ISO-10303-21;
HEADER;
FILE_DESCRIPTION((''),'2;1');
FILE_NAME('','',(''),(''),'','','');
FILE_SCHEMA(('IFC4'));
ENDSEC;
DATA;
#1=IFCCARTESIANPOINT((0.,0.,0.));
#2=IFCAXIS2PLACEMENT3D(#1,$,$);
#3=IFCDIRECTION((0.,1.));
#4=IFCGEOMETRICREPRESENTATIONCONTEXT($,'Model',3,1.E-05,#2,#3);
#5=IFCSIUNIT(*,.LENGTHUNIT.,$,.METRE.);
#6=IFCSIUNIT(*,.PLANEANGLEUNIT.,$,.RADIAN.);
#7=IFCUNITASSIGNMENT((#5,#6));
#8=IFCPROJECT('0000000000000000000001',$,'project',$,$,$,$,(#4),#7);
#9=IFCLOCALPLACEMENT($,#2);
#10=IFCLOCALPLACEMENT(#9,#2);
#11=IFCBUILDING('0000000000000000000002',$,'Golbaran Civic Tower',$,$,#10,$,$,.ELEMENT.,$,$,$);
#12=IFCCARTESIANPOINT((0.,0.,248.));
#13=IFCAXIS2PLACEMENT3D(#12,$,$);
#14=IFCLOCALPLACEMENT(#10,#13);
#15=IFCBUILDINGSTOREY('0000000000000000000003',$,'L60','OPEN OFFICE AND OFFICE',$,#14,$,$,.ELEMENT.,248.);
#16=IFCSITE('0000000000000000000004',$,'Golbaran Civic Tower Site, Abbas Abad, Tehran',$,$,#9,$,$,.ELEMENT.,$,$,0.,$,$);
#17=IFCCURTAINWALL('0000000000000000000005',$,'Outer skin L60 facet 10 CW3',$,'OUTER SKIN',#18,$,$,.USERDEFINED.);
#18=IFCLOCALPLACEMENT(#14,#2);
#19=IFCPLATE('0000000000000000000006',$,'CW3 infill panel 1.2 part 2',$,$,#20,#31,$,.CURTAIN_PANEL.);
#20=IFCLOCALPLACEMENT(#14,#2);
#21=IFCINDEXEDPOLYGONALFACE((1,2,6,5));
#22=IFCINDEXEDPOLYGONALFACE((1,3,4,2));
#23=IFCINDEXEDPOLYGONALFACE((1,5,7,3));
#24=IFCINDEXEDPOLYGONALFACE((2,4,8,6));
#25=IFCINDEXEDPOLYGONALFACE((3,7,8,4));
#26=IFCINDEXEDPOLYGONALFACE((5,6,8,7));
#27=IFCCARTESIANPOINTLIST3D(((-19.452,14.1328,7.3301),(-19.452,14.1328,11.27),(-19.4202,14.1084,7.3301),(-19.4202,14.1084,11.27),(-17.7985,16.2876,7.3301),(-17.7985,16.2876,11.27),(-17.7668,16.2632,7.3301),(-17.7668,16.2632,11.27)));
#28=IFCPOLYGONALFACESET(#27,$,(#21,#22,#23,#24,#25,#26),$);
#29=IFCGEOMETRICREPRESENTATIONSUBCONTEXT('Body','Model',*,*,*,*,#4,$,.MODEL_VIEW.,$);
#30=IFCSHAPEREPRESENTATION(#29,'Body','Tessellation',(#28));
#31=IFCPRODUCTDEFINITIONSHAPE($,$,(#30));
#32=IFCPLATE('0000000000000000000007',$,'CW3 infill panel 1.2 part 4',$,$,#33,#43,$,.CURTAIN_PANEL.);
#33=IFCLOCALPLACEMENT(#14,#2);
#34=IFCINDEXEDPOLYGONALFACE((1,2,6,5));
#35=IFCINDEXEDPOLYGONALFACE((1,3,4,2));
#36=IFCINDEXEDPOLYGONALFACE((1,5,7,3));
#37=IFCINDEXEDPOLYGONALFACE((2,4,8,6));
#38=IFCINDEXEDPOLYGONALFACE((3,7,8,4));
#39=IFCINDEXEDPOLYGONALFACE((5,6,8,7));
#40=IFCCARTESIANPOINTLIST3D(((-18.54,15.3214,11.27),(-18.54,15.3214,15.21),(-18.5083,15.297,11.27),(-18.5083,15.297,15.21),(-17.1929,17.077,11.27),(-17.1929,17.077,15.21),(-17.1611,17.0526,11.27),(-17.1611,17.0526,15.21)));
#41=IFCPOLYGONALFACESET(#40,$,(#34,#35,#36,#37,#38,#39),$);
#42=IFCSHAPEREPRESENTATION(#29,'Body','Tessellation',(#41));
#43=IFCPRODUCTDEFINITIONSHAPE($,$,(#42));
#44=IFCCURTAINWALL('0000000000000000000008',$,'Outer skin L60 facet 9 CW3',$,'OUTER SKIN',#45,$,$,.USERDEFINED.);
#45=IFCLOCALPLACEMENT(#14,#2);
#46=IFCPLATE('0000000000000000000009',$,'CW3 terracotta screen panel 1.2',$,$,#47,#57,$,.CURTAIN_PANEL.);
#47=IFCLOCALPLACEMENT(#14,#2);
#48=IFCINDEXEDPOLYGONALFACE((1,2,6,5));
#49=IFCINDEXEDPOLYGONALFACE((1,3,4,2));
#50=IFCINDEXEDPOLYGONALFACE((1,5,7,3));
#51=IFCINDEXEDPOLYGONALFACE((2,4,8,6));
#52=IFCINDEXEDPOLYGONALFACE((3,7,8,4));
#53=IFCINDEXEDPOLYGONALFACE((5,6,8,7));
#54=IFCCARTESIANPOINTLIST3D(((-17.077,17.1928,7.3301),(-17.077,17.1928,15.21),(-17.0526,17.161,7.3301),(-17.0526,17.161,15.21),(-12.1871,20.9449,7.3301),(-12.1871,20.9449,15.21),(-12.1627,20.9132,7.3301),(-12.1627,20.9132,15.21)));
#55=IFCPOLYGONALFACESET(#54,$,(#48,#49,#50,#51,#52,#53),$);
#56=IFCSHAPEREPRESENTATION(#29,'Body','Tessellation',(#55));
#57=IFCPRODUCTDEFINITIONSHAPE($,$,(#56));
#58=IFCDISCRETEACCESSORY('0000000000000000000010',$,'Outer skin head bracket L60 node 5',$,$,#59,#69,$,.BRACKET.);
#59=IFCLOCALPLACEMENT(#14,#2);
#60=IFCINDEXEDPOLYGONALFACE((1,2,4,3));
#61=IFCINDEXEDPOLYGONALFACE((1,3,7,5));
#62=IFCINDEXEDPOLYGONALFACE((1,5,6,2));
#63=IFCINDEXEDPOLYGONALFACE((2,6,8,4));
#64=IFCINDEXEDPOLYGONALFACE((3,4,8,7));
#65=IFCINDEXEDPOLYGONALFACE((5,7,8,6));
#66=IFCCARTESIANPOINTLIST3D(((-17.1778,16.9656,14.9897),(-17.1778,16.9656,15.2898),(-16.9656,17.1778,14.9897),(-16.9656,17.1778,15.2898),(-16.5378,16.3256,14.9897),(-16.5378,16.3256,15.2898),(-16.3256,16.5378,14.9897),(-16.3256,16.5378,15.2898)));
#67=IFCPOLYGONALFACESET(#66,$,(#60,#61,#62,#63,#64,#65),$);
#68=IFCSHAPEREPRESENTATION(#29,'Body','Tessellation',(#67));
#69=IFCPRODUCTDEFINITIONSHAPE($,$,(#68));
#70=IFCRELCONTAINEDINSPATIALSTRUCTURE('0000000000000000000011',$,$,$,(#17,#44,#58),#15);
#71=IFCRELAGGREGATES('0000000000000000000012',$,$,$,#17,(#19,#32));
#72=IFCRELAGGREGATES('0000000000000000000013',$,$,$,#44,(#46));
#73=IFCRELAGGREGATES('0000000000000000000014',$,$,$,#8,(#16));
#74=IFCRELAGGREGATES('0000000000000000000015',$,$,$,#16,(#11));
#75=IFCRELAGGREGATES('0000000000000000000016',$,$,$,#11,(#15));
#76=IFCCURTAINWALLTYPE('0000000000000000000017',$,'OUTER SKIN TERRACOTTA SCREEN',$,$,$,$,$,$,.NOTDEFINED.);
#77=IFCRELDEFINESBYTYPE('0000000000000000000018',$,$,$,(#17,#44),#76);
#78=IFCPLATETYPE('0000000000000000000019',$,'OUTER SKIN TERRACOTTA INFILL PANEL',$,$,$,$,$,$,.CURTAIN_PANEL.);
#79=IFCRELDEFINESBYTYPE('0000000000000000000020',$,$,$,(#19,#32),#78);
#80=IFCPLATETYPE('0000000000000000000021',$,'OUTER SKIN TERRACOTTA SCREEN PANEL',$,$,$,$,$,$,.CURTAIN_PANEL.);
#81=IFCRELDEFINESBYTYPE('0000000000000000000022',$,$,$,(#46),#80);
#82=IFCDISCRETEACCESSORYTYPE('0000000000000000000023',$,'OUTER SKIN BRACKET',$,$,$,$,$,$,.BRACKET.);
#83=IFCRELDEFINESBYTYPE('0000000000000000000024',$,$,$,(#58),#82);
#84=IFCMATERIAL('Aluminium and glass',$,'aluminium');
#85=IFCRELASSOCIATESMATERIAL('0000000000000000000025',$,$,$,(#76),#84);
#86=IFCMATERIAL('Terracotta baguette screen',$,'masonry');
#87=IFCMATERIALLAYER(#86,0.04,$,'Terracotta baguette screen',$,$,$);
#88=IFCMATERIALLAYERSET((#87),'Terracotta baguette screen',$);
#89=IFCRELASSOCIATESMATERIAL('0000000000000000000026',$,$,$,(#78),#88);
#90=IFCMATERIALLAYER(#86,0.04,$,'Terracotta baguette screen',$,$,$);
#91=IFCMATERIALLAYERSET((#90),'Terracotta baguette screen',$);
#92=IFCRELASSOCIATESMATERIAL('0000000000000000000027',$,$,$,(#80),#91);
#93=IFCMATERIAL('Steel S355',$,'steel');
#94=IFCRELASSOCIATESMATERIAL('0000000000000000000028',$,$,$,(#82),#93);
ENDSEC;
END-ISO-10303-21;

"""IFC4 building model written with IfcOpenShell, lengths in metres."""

from ifc_helpers import new_model, si_unit, direction, frame, origin, origin_2d, place, context, subcontext, project, spatial, rectangle, extrude, material, layer, layer_set, type_object, element, aggregate, save


model = new_model("IFC4")

# Units and contexts
model_context = context("Model", 3, precision=1e-05, world=origin(), true_north=direction((0.0, 1.0)))
body_context = subcontext(model_context, "Body", "Model", "MODEL_VIEW")
ifc_project = project(units=[si_unit("LENGTHUNIT", "METRE"), si_unit("PLANEANGLEUNIT", "RADIAN")], contexts=[model_context])

# Site, building, storey
site_placement = place(None, origin())
site = spatial("IfcSite", under=ifc_project, at=site_placement, Name="Golbaran Civic Tower Site, Abbas Abad, Tehran", CompositionType="ELEMENT", RefElevation=0.0)
building_placement = place(site_placement, origin())
building = spatial("IfcBuilding", under=site, at=building_placement, Name="Golbaran Civic Tower", CompositionType="ELEMENT")
storey_placement = place(building_placement, frame((0.0, 0.0, 248.0)))
storey = spatial("IfcBuildingStorey", under=building, at=storey_placement, Name="L60", Description="OPEN OFFICE AND OFFICE", CompositionType="ELEMENT", Elevation=248.0)

# Curtain wall
ifc_material_1 = material(Name="Aluminium and glass", Category="aluminium")
curtain_wall_type_1 = type_object("IfcCurtainWallType", Name="OUTER SKIN TERRACOTTA SCREEN", PredefinedType="NOTDEFINED", material=ifc_material_1)
curtain_wall_1_placement = place(storey_placement, origin())
curtain_wall_1 = element("IfcCurtainWall", 1, at=curtain_wall_1_placement, inside=storey, type_object=curtain_wall_type_1, Name="Outer skin L60 facet 10 CW3", ObjectType="OUTER SKIN", PredefinedType="USERDEFINED")

# Plates
ifc_material_2 = material(Name="Terracotta baguette screen", Category="masonry")
ifc_layer_1 = layer(ifc_material_2, 0.04, Name="Terracotta baguette screen")
ifc_layer_set_1 = layer_set([ifc_layer_1], Name="Terracotta baguette screen")
plate_type_1 = type_object("IfcPlateType", Name="OUTER SKIN TERRACOTTA INFILL PANEL", PredefinedType="CURTAIN_PANEL", material=ifc_layer_set_1)
plate_1_placement = place(storey_placement, frame((-18.6094, 15.198, 7.3301), z_axis=(0.0, 0.0, 1.0), x_axis=(-0.608761, -0.793353, 0.0)))
plate_1 = element("IfcPlate", 2, at=plate_1_placement, type_object=plate_type_1, Name="CW3 infill panel 1.2 part 2", PredefinedType="CURTAIN_PANEL", context=body_context, shape_type="SweptSolid", body=[
    extrude(rectangle(XDim=2.7161, YDim=0.04, at=origin_2d()), origin(), (0.0, 0.0, 1.0), 3.9399),
])
plate_2_placement = place(storey_placement, frame((-17.8506, 16.187, 11.27), z_axis=(0.0, 0.0, 1.0), x_axis=(-0.608761, -0.793353, 0.0)))
plate_2 = element("IfcPlate", 3, at=plate_2_placement, type_object=plate_type_1, Name="CW3 infill panel 1.2 part 4", PredefinedType="CURTAIN_PANEL", context=body_context, shape_type="SweptSolid", body=[
    extrude(rectangle(XDim=2.2129, YDim=0.04, at=origin_2d()), origin(), (0.0, 0.0, 1.0), 3.9399),
])
aggregate(curtain_wall_1, [plate_1, plate_2])

# Curtain wall, plate
curtain_wall_2_placement = place(storey_placement, origin())
curtain_wall_2 = element("IfcCurtainWall", 4, at=curtain_wall_2_placement, inside=storey, type_object=curtain_wall_type_1, Name="Outer skin L60 facet 9 CW3", ObjectType="OUTER SKIN", PredefinedType="USERDEFINED")
ifc_layer_2 = layer(ifc_material_2, 0.04, Name="Terracotta baguette screen")
ifc_layer_set_2 = layer_set([ifc_layer_2], Name="Terracotta baguette screen")
plate_type_2 = type_object("IfcPlateType", Name="OUTER SKIN TERRACOTTA SCREEN PANEL", PredefinedType="CURTAIN_PANEL", material=ifc_layer_set_2)
plate_3_placement = place(storey_placement, frame((-14.6199, 19.053, 7.3301), z_axis=(0.0, 0.0, 1.0), x_axis=(-0.793353, -0.608761, 0.0)))
plate_3 = element("IfcPlate", 5, at=plate_3_placement, type_object=plate_type_2, Name="CW3 terracotta screen panel 1.2", PredefinedType="CURTAIN_PANEL", context=body_context, shape_type="SweptSolid", body=[
    extrude(rectangle(XDim=6.1636, YDim=0.04, at=origin_2d()), origin(), (0.0, 0.0, 1.0), 7.8799),
])
aggregate(curtain_wall_2, [plate_3])

# Discrete accessory
ifc_material_3 = material(Name="Steel S355", Category="steel")
discrete_accessory_type = type_object("IfcDiscreteAccessoryType", Name="OUTER SKIN BRACKET", PredefinedType="BRACKET", material=ifc_material_3)
discrete_accessory_placement = place(storey_placement, frame((-16.7517, 16.7517, 14.9897), z_axis=(0.0, 0.0, 1.0), x_axis=(-0.707107, 0.707107, 0.0)))
element("IfcDiscreteAccessory", 6, at=discrete_accessory_placement, inside=storey, type_object=discrete_accessory_type, Name="Outer skin head bracket L60 node 5", PredefinedType="BRACKET", context=body_context, shape_type="SweptSolid", body=[
    extrude(rectangle(XDim=0.905, YDim=0.3, at=origin_2d()), origin(), (0.0, 0.0, 1.0), 0.3),
])

save(model, "model.ifc")
